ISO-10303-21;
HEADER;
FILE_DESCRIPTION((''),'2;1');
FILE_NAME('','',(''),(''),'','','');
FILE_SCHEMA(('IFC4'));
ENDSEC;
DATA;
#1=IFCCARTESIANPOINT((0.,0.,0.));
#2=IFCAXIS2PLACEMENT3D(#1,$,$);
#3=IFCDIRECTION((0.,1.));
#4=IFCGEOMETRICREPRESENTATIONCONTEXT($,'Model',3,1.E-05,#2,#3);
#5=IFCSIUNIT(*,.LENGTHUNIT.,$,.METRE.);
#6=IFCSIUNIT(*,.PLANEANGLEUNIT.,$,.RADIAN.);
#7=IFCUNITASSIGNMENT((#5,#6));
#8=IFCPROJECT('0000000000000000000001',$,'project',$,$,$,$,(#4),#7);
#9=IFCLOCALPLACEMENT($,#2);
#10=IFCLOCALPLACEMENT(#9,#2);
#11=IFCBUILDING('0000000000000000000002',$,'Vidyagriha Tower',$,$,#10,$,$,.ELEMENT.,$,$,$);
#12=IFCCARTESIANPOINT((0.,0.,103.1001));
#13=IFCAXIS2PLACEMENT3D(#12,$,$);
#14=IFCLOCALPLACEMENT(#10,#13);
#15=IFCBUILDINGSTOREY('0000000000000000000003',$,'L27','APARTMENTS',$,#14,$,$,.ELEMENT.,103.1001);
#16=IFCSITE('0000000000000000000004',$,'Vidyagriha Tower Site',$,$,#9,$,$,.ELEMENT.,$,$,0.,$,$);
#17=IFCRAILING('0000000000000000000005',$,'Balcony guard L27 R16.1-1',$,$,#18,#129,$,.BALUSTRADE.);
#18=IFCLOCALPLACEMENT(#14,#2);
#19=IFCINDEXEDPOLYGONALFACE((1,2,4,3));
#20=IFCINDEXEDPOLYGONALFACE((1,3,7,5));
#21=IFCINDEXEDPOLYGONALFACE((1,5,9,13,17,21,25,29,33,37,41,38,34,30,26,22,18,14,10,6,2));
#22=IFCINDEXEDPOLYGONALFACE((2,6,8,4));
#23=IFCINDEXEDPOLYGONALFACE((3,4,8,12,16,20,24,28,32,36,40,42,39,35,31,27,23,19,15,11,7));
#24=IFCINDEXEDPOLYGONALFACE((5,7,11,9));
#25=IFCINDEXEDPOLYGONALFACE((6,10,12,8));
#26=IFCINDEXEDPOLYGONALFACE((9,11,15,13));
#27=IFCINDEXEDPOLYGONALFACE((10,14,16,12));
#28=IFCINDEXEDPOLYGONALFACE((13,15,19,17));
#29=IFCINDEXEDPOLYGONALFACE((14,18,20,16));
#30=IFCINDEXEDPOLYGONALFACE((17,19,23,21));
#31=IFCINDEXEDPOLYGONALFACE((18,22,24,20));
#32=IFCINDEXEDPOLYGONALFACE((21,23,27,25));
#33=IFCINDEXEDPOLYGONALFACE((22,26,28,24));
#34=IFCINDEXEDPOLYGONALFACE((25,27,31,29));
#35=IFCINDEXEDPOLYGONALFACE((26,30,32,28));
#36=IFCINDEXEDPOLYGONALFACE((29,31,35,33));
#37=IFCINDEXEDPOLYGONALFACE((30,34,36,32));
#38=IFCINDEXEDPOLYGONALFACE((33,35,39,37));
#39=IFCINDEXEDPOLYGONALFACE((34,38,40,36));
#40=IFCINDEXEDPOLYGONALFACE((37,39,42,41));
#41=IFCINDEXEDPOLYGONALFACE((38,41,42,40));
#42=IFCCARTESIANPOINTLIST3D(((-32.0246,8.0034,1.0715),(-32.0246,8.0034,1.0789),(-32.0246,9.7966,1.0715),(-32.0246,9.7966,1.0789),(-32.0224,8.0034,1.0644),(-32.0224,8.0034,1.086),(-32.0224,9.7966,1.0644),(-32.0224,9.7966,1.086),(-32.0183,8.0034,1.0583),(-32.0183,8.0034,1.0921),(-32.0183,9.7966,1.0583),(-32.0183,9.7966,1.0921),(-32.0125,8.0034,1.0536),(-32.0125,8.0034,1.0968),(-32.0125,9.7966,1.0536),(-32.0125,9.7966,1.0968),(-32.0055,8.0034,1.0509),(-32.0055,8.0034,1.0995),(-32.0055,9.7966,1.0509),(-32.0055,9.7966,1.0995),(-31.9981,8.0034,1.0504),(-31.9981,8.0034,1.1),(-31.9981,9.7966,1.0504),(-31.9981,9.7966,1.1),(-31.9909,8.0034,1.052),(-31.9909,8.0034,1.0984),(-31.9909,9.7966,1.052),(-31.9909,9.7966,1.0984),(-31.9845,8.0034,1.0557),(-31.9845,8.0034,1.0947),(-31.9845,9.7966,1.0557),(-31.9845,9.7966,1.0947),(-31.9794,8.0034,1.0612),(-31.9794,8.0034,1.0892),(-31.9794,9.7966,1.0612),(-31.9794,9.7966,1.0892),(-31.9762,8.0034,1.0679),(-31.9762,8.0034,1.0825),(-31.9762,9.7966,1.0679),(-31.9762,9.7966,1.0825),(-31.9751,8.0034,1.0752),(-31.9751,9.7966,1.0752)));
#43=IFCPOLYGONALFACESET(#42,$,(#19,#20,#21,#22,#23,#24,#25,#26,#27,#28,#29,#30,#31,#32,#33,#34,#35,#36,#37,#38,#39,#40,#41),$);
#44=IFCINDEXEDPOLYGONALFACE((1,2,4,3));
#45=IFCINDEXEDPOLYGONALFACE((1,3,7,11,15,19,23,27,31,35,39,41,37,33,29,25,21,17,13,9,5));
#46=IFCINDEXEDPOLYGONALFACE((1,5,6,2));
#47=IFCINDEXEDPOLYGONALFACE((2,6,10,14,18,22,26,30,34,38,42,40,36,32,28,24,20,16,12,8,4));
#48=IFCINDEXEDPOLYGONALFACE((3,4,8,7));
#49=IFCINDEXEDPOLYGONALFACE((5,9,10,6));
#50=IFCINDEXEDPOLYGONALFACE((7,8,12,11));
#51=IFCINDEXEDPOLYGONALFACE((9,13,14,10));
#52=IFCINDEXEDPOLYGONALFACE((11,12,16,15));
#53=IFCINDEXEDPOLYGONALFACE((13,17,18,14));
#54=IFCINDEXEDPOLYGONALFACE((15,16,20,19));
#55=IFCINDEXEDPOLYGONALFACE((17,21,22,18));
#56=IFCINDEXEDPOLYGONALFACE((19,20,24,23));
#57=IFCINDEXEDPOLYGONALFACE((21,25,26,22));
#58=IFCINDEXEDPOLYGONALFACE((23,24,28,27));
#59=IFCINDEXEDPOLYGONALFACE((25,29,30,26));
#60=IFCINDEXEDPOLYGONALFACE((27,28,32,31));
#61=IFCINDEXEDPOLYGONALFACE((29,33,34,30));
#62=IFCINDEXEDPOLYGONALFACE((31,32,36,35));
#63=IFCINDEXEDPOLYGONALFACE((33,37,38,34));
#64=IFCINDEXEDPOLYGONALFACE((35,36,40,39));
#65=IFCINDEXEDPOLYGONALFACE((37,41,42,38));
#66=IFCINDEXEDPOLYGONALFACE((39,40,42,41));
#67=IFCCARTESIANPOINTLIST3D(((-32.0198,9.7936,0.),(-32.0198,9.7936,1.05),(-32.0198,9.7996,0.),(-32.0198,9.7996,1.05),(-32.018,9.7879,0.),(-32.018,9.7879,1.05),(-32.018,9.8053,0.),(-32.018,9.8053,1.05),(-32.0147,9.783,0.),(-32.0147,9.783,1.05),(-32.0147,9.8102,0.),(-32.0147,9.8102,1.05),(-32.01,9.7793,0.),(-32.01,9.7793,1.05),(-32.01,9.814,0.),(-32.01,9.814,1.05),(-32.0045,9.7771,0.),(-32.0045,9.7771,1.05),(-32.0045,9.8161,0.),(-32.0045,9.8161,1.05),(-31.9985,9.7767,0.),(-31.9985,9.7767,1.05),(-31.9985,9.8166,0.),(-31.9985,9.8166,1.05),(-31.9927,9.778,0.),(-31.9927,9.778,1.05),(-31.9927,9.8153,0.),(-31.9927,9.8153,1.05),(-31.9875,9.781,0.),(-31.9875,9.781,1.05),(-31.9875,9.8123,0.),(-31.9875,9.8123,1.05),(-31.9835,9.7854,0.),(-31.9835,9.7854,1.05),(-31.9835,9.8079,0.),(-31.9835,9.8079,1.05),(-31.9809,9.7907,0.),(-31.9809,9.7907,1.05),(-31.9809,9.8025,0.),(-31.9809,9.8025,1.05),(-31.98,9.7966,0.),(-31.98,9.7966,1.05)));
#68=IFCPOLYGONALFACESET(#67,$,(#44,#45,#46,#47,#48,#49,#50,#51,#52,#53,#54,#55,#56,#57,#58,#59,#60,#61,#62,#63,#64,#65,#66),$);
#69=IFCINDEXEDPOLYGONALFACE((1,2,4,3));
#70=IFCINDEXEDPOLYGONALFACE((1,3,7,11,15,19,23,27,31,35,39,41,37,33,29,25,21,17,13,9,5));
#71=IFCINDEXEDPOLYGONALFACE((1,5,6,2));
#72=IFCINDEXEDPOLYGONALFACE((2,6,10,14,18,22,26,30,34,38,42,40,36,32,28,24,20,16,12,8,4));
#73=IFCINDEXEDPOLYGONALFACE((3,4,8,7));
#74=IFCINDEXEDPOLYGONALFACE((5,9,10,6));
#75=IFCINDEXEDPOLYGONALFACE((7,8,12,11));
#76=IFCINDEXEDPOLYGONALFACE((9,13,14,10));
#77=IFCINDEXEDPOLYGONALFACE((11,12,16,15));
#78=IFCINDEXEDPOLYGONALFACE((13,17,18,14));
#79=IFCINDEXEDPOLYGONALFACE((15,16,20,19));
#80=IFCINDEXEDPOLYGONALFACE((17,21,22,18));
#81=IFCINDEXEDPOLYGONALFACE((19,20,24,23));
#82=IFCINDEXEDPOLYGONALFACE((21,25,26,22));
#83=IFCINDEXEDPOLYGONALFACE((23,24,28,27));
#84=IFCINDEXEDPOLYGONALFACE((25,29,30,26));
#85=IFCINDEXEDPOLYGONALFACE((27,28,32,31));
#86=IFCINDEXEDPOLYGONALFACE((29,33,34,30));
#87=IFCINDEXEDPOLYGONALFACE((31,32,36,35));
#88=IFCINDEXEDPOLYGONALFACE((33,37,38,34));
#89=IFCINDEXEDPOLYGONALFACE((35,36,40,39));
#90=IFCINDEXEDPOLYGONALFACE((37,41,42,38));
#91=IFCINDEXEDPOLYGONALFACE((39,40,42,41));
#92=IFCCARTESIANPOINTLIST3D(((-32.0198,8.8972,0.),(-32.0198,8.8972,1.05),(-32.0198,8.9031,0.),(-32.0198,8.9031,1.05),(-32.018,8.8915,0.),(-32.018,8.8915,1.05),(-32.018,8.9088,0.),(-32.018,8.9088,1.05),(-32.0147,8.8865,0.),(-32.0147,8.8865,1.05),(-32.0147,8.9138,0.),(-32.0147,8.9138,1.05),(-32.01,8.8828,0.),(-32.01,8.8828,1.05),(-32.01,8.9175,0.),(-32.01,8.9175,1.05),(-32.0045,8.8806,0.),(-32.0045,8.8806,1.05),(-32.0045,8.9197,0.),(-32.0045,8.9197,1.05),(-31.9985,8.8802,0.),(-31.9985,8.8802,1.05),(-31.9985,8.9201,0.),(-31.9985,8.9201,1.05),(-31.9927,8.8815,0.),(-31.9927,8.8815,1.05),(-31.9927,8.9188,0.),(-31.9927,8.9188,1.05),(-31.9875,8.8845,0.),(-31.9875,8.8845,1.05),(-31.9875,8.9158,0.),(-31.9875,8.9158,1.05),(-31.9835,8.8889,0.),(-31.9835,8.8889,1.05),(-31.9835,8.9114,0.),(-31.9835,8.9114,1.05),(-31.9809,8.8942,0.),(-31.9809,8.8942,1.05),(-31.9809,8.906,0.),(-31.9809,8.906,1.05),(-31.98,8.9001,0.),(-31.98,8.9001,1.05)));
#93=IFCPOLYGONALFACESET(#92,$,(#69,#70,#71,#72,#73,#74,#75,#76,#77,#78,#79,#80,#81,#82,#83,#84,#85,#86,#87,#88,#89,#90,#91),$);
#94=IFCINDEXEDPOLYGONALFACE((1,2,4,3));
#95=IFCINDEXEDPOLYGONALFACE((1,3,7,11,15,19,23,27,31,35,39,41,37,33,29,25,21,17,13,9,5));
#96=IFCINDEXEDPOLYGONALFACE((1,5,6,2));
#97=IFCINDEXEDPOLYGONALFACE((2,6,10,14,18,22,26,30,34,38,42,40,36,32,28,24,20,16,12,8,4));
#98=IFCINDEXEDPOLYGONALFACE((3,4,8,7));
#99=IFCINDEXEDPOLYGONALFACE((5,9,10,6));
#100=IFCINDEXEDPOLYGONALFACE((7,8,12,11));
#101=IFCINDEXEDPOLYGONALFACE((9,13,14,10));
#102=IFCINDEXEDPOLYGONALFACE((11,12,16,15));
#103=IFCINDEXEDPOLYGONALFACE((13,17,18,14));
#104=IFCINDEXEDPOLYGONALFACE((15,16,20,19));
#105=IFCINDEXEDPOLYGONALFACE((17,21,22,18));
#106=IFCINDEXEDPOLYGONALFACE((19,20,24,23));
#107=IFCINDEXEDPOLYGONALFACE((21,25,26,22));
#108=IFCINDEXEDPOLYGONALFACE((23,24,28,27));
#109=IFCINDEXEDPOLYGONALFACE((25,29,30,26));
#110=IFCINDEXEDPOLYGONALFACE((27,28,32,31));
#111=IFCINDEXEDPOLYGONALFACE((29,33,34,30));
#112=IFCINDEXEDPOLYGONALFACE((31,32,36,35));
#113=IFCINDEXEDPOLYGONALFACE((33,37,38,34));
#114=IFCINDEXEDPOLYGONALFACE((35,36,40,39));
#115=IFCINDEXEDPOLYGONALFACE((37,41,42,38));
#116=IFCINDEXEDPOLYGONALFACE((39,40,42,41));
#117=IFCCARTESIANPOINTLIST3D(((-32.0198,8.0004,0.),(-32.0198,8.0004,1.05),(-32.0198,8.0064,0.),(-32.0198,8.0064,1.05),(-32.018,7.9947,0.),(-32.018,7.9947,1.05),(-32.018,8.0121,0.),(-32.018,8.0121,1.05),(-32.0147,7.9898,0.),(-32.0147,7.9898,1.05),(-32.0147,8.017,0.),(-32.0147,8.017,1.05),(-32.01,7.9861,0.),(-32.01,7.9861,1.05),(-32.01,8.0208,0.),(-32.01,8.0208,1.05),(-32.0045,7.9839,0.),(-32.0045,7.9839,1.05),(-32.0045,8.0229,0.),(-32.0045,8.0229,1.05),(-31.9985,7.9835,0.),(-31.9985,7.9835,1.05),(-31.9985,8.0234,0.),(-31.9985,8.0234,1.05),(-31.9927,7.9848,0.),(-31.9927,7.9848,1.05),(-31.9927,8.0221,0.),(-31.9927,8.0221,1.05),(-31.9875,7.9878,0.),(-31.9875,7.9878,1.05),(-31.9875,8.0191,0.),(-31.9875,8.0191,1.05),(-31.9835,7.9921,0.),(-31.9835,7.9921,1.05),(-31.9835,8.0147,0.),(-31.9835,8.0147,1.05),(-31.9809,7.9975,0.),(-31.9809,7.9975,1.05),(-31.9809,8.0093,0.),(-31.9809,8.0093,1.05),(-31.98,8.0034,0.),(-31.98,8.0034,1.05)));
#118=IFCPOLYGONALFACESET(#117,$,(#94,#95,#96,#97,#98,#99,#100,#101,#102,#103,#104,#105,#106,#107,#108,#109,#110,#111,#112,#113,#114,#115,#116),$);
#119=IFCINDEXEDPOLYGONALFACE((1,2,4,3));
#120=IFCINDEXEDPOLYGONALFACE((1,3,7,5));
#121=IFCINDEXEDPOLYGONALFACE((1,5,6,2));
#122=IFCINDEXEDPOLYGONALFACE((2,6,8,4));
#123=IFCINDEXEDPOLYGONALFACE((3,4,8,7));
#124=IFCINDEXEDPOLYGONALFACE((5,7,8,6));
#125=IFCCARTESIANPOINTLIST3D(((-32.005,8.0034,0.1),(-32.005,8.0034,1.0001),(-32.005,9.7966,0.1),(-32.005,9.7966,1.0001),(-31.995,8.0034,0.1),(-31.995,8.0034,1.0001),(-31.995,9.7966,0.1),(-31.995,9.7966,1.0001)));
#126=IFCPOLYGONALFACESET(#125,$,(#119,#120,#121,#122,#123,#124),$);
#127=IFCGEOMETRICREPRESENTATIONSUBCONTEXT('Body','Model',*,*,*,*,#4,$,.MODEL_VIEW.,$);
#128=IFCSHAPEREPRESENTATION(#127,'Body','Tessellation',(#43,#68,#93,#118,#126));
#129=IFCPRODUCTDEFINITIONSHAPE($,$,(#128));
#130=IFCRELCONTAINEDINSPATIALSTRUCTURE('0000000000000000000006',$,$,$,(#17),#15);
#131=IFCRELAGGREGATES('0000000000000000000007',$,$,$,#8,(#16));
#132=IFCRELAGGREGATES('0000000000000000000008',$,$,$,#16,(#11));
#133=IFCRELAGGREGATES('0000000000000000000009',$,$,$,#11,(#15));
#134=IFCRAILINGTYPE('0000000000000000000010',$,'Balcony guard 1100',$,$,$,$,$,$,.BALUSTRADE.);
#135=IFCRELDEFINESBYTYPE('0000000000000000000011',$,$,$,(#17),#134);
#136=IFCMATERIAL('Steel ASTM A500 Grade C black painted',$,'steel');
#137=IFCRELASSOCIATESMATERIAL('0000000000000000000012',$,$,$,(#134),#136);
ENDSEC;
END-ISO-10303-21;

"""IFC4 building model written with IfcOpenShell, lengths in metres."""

from ifc_helpers import new_model, si_unit, direction, frame, origin, origin_2d, place, context, subcontext, project, spatial, rectangle, circle, extrude, material, type_object, element, save


model = new_model("IFC4")

# Units and contexts
model_context = context("Model", 3, precision=1e-05, world=origin(), true_north=direction((0.0, 1.0)))
body_context = subcontext(model_context, "Body", "Model", "MODEL_VIEW")
ifc_project = project(units=[si_unit("LENGTHUNIT", "METRE"), si_unit("PLANEANGLEUNIT", "RADIAN")], contexts=[model_context])

# Site, building, storey
site_placement = place(None, origin())
site = spatial("IfcSite", under=ifc_project, at=site_placement, Name="Vidyagriha Tower Site", CompositionType="ELEMENT", RefElevation=0.0)
building_placement = place(site_placement, origin())
building = spatial("IfcBuilding", under=site, at=building_placement, Name="Vidyagriha Tower", CompositionType="ELEMENT")
storey_placement = place(building_placement, frame((0.0, 0.0, 103.1001)))
storey = spatial("IfcBuildingStorey", under=building, at=storey_placement, Name="L27", Description="APARTMENTS", CompositionType="ELEMENT", Elevation=103.1001)

# Railing
ifc_material_1 = material(Name="Steel ASTM A500 Grade C black painted", Category="steel")
railing_type_1 = type_object("IfcRailingType", Name="Balcony guard 1100", PredefinedType="BALUSTRADE", material=ifc_material_1)
railing_1_placement = place(storey_placement, frame((-32.0, 9.7966, 0.0)))
element("IfcRailing", 1, at=railing_1_placement, inside=storey, type_object=railing_type_1, Name="Balcony guard L27 R16.1-1", PredefinedType="BALUSTRADE", context=body_context, shape_type="SweptSolid", body=[
    extrude(circle(Radius=0.0249, at=origin_2d()), frame((0.0, 0.0, 1.0752), z_axis=(0.0, -1.0, 0.0), x_axis=(1.0, 0.0, 0.0)), (0.0, 0.0, 1.0), 1.7932),
    extrude(circle(Radius=0.02, at=origin_2d()), origin(), (0.0, 0.0, 1.0), 1.05),
    extrude(circle(Radius=0.02, at=origin_2d()), frame((0.0, -0.8965, 0.0)), (0.0, 0.0, 1.0), 1.05),
    extrude(circle(Radius=0.02, at=origin_2d()), frame((0.0, -1.7932, 0.0)), (0.0, 0.0, 1.0), 1.05),
    extrude(rectangle(XDim=0.01, YDim=0.9001, at=origin_2d()), frame((0.0, 0.0, 0.55), z_axis=(0.0, -1.0, 0.0), x_axis=(1.0, 0.0, 0.0)), (0.0, 0.0, 1.0), 1.7932),
])

save(model, "model.ifc")
